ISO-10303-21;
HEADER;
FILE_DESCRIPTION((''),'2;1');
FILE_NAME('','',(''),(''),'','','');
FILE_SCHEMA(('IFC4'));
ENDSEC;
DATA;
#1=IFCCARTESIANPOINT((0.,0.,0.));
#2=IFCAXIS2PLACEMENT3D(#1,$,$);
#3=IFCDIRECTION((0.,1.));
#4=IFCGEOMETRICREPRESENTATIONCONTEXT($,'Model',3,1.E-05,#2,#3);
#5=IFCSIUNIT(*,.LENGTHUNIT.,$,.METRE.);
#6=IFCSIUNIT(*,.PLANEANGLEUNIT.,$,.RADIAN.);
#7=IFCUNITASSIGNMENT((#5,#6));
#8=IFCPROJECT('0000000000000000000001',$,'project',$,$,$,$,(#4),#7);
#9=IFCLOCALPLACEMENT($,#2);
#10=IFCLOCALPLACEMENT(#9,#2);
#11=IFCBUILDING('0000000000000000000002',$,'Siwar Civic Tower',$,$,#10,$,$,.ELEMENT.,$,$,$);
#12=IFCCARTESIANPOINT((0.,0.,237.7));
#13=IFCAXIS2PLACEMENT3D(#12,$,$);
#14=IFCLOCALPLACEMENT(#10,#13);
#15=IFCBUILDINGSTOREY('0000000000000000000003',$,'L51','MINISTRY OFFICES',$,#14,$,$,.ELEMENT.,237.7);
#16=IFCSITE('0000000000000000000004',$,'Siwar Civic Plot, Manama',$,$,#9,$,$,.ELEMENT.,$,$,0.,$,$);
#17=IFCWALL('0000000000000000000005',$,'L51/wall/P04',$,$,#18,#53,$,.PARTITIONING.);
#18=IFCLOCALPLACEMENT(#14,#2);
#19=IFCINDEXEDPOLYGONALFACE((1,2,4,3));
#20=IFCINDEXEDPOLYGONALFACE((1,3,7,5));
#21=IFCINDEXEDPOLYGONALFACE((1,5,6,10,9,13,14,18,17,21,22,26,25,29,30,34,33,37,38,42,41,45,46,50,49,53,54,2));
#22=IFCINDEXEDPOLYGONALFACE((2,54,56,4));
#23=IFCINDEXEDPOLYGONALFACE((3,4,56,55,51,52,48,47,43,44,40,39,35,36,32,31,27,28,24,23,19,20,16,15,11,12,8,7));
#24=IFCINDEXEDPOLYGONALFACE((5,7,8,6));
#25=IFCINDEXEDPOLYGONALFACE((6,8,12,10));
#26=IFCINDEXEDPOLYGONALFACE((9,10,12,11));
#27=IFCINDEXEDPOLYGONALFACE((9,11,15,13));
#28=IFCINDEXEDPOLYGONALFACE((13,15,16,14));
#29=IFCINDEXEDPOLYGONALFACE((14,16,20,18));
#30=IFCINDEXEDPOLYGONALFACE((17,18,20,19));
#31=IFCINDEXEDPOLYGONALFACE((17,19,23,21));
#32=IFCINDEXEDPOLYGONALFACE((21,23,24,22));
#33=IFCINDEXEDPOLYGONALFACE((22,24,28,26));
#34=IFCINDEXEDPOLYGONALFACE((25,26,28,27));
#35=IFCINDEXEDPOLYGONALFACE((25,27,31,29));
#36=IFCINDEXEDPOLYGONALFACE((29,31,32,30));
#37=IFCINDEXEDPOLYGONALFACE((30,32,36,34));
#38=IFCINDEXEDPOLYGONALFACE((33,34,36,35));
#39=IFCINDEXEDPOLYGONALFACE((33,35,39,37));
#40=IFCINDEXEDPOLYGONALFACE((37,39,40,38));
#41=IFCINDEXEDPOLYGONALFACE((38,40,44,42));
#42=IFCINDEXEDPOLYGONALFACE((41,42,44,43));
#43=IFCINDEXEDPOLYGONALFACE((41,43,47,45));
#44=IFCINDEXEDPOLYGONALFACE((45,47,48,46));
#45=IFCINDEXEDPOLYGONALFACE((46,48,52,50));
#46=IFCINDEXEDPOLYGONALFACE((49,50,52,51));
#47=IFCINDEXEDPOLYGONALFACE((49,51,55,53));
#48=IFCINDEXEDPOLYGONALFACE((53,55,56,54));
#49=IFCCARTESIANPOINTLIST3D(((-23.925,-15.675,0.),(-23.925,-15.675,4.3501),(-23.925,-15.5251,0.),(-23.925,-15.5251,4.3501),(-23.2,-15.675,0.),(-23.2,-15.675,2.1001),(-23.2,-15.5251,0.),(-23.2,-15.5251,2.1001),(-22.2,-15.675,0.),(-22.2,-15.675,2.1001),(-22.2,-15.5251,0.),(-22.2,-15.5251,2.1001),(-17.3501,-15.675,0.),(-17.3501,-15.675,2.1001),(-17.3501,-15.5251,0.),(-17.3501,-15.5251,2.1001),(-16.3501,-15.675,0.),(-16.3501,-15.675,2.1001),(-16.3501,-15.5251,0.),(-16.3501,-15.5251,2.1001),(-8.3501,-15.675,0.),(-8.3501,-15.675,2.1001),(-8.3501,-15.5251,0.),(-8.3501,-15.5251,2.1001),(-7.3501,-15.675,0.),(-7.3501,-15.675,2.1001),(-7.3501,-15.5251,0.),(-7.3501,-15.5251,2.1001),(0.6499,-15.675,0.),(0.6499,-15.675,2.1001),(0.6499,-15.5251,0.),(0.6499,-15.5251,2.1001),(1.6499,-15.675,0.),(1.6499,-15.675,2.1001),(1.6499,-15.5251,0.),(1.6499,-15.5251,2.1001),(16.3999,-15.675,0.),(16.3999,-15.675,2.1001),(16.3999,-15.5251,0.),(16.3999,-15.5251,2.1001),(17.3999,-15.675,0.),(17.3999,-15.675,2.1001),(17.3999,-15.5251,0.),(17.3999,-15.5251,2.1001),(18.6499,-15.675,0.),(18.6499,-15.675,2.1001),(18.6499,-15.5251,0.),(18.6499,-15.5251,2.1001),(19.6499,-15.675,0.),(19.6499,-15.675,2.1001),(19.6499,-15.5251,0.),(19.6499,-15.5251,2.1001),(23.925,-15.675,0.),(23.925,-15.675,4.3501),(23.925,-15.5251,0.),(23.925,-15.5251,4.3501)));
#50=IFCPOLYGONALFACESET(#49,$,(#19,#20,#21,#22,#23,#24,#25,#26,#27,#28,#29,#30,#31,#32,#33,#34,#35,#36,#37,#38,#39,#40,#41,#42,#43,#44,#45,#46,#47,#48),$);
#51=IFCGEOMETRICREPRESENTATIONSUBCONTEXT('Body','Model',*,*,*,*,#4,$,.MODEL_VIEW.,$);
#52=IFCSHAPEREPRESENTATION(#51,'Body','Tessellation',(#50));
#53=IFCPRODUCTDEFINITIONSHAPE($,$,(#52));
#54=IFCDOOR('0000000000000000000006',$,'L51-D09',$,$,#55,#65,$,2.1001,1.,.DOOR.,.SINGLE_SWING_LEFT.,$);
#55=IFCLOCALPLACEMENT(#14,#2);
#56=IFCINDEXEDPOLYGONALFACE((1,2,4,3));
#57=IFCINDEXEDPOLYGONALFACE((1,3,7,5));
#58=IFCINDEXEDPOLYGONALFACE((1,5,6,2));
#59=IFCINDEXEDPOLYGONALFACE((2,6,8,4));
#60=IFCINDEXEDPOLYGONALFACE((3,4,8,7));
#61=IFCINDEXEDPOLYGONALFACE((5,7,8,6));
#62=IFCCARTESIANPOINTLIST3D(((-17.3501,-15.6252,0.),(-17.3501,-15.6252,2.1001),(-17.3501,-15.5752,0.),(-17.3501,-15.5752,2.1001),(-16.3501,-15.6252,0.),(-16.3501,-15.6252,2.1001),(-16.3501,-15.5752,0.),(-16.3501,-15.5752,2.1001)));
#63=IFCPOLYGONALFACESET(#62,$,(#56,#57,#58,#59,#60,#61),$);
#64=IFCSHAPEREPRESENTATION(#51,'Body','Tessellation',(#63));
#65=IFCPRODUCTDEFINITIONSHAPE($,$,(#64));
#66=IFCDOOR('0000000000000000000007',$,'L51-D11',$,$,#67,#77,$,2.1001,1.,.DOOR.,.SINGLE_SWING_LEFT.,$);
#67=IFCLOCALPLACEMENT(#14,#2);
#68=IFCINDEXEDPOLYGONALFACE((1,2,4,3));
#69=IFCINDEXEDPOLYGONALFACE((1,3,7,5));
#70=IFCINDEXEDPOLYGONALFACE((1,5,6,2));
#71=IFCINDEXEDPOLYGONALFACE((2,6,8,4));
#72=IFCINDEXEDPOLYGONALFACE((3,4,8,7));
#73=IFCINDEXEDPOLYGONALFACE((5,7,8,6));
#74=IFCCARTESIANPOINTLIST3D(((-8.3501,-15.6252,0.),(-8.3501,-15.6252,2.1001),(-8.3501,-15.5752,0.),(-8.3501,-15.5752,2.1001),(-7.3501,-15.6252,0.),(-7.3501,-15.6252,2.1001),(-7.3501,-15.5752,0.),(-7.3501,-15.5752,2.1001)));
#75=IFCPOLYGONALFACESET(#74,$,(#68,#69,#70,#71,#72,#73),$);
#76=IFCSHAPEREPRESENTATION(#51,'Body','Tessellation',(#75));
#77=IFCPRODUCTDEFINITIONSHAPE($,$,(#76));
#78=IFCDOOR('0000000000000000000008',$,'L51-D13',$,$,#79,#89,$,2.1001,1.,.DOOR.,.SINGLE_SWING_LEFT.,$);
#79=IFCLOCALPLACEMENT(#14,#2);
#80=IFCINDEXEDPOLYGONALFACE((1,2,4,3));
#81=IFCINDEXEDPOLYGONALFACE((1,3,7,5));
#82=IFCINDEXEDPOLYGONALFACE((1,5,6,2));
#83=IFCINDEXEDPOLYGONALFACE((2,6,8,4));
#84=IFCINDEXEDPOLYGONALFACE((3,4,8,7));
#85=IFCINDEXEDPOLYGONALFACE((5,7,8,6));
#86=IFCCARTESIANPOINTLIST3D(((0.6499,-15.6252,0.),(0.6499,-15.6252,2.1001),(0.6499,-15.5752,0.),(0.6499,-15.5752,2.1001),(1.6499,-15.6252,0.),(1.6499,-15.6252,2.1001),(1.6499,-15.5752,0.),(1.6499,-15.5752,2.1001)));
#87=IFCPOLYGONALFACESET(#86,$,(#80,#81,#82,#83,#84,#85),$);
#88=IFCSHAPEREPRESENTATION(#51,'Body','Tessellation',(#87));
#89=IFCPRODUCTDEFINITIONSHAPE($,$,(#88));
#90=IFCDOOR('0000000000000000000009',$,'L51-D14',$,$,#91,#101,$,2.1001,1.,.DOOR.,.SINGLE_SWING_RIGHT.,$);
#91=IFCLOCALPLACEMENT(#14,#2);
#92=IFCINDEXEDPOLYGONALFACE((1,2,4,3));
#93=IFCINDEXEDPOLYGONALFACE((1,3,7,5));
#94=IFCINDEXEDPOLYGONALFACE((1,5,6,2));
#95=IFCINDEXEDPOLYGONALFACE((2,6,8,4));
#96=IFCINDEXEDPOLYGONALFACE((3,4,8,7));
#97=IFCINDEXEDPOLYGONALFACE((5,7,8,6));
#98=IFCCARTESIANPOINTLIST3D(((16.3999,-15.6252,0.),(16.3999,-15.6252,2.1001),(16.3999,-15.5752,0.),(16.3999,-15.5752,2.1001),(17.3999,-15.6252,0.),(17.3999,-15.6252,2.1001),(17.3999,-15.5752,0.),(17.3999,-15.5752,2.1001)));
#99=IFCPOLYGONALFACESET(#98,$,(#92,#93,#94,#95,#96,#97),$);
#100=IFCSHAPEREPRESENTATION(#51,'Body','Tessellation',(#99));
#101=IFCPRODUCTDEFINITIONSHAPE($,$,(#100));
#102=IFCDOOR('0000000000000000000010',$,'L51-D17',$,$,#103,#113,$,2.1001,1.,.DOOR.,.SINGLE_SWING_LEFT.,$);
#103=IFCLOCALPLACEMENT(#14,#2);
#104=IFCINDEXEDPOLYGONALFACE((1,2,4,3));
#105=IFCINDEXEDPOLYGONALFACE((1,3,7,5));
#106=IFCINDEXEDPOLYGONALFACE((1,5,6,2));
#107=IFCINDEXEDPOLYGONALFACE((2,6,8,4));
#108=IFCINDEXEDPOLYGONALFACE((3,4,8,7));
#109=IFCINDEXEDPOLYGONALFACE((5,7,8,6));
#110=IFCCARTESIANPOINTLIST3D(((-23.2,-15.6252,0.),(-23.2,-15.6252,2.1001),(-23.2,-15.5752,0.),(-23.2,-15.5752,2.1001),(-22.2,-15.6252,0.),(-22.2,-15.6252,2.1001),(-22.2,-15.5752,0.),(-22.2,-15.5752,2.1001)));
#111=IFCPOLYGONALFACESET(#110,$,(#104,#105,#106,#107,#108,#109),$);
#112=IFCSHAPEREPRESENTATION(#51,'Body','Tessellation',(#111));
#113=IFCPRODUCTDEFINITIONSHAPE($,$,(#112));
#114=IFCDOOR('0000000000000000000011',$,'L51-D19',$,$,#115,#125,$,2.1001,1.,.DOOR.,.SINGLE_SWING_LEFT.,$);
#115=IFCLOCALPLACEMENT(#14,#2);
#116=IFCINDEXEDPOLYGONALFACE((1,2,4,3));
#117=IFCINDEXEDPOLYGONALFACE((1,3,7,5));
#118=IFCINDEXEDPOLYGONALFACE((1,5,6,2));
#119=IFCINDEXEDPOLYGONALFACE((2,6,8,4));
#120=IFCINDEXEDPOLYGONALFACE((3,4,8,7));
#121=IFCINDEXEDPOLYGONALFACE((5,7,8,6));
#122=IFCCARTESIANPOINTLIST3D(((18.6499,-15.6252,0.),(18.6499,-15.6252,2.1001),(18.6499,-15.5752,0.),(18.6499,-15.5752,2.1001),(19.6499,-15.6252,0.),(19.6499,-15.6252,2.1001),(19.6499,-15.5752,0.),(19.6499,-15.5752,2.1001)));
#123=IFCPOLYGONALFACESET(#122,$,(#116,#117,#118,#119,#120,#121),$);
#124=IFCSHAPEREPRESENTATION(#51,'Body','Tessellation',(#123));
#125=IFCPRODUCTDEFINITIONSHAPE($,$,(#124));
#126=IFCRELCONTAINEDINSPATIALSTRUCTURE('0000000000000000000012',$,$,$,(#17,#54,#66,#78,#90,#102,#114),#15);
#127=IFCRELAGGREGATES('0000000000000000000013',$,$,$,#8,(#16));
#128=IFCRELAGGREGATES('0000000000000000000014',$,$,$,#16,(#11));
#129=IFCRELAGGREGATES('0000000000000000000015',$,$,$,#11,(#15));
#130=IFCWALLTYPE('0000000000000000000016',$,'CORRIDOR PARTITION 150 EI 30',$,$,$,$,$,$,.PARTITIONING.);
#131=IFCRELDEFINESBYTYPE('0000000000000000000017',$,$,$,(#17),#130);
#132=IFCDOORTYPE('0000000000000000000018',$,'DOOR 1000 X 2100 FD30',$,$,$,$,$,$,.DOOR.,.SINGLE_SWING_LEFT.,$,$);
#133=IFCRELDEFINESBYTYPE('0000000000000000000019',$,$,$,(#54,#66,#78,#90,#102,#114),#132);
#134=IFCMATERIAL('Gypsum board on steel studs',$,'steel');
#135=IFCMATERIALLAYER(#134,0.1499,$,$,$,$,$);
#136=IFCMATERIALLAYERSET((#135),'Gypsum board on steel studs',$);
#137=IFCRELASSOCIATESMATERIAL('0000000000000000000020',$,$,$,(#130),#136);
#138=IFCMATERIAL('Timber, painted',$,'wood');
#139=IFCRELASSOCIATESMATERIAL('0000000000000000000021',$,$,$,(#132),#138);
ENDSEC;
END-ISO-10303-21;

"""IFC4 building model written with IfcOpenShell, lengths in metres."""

from ifc_helpers import new_model, si_unit, direction, frame, frame_2d, origin, place, context, subcontext, project, spatial, rectangle, extrude, material, layer, layer_set, type_object, element, fill, save


model = new_model("IFC4")

# Units and contexts
model_context = context("Model", 3, precision=1e-05, world=origin(), true_north=direction((0.0, 1.0)))
body_context = subcontext(model_context, "Body", "Model", "MODEL_VIEW")
ifc_project = project(units=[si_unit("LENGTHUNIT", "METRE"), si_unit("PLANEANGLEUNIT", "RADIAN")], contexts=[model_context])

# Site, building, storey
site_placement = place(None, origin())
site = spatial("IfcSite", under=ifc_project, at=site_placement, Name="Siwar Civic Plot, Manama", CompositionType="ELEMENT", RefElevation=0.0)
building_placement = place(site_placement, origin())
building = spatial("IfcBuilding", under=site, at=building_placement, Name="Siwar Civic Tower", CompositionType="ELEMENT")
storey_placement = place(building_placement, frame((0.0, 0.0, 237.7)))
storey = spatial("IfcBuildingStorey", under=building, at=storey_placement, Name="L51", Description="MINISTRY OFFICES", CompositionType="ELEMENT", Elevation=237.7)

# Wall, openings, doors
ifc_material_1 = material(Name="Gypsum board on steel studs", Category="steel")
ifc_layer_1 = layer(ifc_material_1, 0.1499)
ifc_layer_set_1 = layer_set([ifc_layer_1], Name="Gypsum board on steel studs")
wall_type_1 = type_object("IfcWallType", Name="CORRIDOR PARTITION 150 EI 30", PredefinedType="PARTITIONING", material=ifc_layer_set_1)
wall_1_placement = place(storey_placement, frame((-23.925, -15.6001, 0.0), z_axis=(0.0, 0.0, 1.0), x_axis=(1.0, 0.0, 0.0)))
wall_1 = element("IfcWall", 1, at=wall_1_placement, inside=storey, type_object=wall_type_1, Name="L51/wall/P04", PredefinedType="PARTITIONING", context=body_context, shape_type="SweptSolid", body=[
    extrude(rectangle(XDim=47.8501, YDim=0.1499, at=frame_2d((23.925, 0.0))), origin(), (0.0, 0.0, 1.0), 4.3501),
])
opening_1_placement = place(wall_1_placement, frame((6.575, 0.0, 0.0)))
opening_1 = element("IfcOpeningElement", 2, at=opening_1_placement, cuts=wall_1, PredefinedType="OPENING", context=body_context, shape_type="SweptSolid", body=[
    extrude(rectangle(XDim=1.0, YDim=2.1001, at=frame_2d((0.5, 1.05))), frame((0.0, 0.085, 0.0), z_axis=(0.0, -1.0, 0.0), x_axis=(1.0, 0.0, 0.0)), (0.0, 0.0, 1.0), 0.1699),
])
opening_2_placement = place(wall_1_placement, frame((15.575, 0.0, 0.0)))
opening_2 = element("IfcOpeningElement", 3, at=opening_2_placement, cuts=wall_1, PredefinedType="OPENING", context=body_context, shape_type="SweptSolid", body=[
    extrude(rectangle(XDim=1.0, YDim=2.1001, at=frame_2d((0.5, 1.05))), frame((0.0, 0.085, 0.0), z_axis=(0.0, -1.0, 0.0), x_axis=(1.0, 0.0, 0.0)), (0.0, 0.0, 1.0), 0.1699),
])
opening_3_placement = place(wall_1_placement, frame((24.575, 0.0, 0.0)))
opening_3 = element("IfcOpeningElement", 4, at=opening_3_placement, cuts=wall_1, PredefinedType="OPENING", context=body_context, shape_type="SweptSolid", body=[
    extrude(rectangle(XDim=1.0, YDim=2.1001, at=frame_2d((0.5, 1.05))), frame((0.0, 0.085, 0.0), z_axis=(0.0, -1.0, 0.0), x_axis=(1.0, 0.0, 0.0)), (0.0, 0.0, 1.0), 0.1699),
])
opening_4_placement = place(wall_1_placement, frame((40.325, 0.0, 0.0)))
opening_4 = element("IfcOpeningElement", 5, at=opening_4_placement, cuts=wall_1, PredefinedType="OPENING", context=body_context, shape_type="SweptSolid", body=[
    extrude(rectangle(XDim=1.0, YDim=2.1001, at=frame_2d((0.5, 1.05))), frame((0.0, 0.085, 0.0), z_axis=(0.0, -1.0, 0.0), x_axis=(1.0, 0.0, 0.0)), (0.0, 0.0, 1.0), 0.1699),
])
opening_5_placement = place(wall_1_placement, frame((0.7251, 0.0, 0.0)))
opening_5 = element("IfcOpeningElement", 6, at=opening_5_placement, cuts=wall_1, PredefinedType="OPENING", context=body_context, shape_type="SweptSolid", body=[
    extrude(rectangle(XDim=1.0, YDim=2.1001, at=frame_2d((0.5, 1.05))), frame((0.0, 0.085, 0.0), z_axis=(0.0, -1.0, 0.0), x_axis=(1.0, 0.0, 0.0)), (0.0, 0.0, 1.0), 0.1699),
])
opening_6_placement = place(wall_1_placement, frame((42.575, 0.0, 0.0)))
opening_6 = element("IfcOpeningElement", 7, at=opening_6_placement, cuts=wall_1, PredefinedType="OPENING", context=body_context, shape_type="SweptSolid", body=[
    extrude(rectangle(XDim=1.0, YDim=2.1001, at=frame_2d((0.5, 1.05))), frame((0.0, 0.085, 0.0), z_axis=(0.0, -1.0, 0.0), x_axis=(1.0, 0.0, 0.0)), (0.0, 0.0, 1.0), 0.1699),
])
ifc_material_2 = material(Name="Timber, painted", Category="wood")
door_type_1 = type_object("IfcDoorType", Name="DOOR 1000 X 2100 FD30", OperationType="SINGLE_SWING_LEFT", PredefinedType="DOOR", material=ifc_material_2)
door_1_placement = place(opening_1_placement, origin())
door_1 = element("IfcDoor", 8, at=door_1_placement, inside=storey, type_object=door_type_1, Name="L51-D09", OperationType="SINGLE_SWING_LEFT", OverallHeight=2.1001, OverallWidth=1.0, PredefinedType="DOOR", context=body_context, shape_type="SweptSolid", body=[
    extrude(rectangle(XDim=1.0, YDim=2.1001, at=frame_2d((0.5, 1.05))), frame((0.0, 0.0249, 0.0), z_axis=(0.0, -1.0, 0.0), x_axis=(1.0, 0.0, 0.0)), (0.0, 0.0, 1.0), 0.05),
])
fill(opening_1, door_1)
door_2_placement = place(opening_2_placement, origin())
door_2 = element("IfcDoor", 9, at=door_2_placement, inside=storey, type_object=door_type_1, Name="L51-D11", OperationType="SINGLE_SWING_LEFT", OverallHeight=2.1001, OverallWidth=1.0, PredefinedType="DOOR", context=body_context, shape_type="SweptSolid", body=[
    extrude(rectangle(XDim=1.0, YDim=2.1001, at=frame_2d((0.5, 1.05))), frame((0.0, 0.0249, 0.0), z_axis=(0.0, -1.0, 0.0), x_axis=(1.0, 0.0, 0.0)), (0.0, 0.0, 1.0), 0.05),
])
fill(opening_2, door_2)
door_3_placement = place(opening_3_placement, origin())
door_3 = element("IfcDoor", 10, at=door_3_placement, inside=storey, type_object=door_type_1, Name="L51-D13", OperationType="SINGLE_SWING_LEFT", OverallHeight=2.1001, OverallWidth=1.0, PredefinedType="DOOR", context=body_context, shape_type="SweptSolid", body=[
    extrude(rectangle(XDim=1.0, YDim=2.1001, at=frame_2d((0.5, 1.05))), frame((0.0, 0.0249, 0.0), z_axis=(0.0, -1.0, 0.0), x_axis=(1.0, 0.0, 0.0)), (0.0, 0.0, 1.0), 0.05),
])
fill(opening_3, door_3)
door_4_placement = place(opening_4_placement, origin())
door_4 = element("IfcDoor", 11, at=door_4_placement, inside=storey, type_object=door_type_1, Name="L51-D14", OperationType="SINGLE_SWING_RIGHT", OverallHeight=2.1001, OverallWidth=1.0, PredefinedType="DOOR", context=body_context, shape_type="SweptSolid", body=[
    extrude(rectangle(XDim=1.0, YDim=2.1001, at=frame_2d((0.5, 1.05))), frame((0.0, 0.0249, 0.0), z_axis=(0.0, -1.0, 0.0), x_axis=(1.0, 0.0, 0.0)), (0.0, 0.0, 1.0), 0.05),
])
fill(opening_4, door_4)
door_5_placement = place(opening_5_placement, origin())
door_5 = element("IfcDoor", 12, at=door_5_placement, inside=storey, type_object=door_type_1, Name="L51-D17", OperationType="SINGLE_SWING_LEFT", OverallHeight=2.1001, OverallWidth=1.0, PredefinedType="DOOR", context=body_context, shape_type="SweptSolid", body=[
    extrude(rectangle(XDim=1.0, YDim=2.1001, at=frame_2d((0.5, 1.05))), frame((0.0, 0.0249, 0.0), z_axis=(0.0, -1.0, 0.0), x_axis=(1.0, 0.0, 0.0)), (0.0, 0.0, 1.0), 0.05),
])
fill(opening_5, door_5)
door_6_placement = place(opening_6_placement, origin())
door_6 = element("IfcDoor", 13, at=door_6_placement, inside=storey, type_object=door_type_1, Name="L51-D19", OperationType="SINGLE_SWING_LEFT", OverallHeight=2.1001, OverallWidth=1.0, PredefinedType="DOOR", context=body_context, shape_type="SweptSolid", body=[
    extrude(rectangle(XDim=1.0, YDim=2.1001, at=frame_2d((0.5, 1.05))), frame((0.0, 0.0249, 0.0), z_axis=(0.0, -1.0, 0.0), x_axis=(1.0, 0.0, 0.0)), (0.0, 0.0, 1.0), 0.05),
])
fill(opening_6, door_6)

save(model, "model.ifc")
